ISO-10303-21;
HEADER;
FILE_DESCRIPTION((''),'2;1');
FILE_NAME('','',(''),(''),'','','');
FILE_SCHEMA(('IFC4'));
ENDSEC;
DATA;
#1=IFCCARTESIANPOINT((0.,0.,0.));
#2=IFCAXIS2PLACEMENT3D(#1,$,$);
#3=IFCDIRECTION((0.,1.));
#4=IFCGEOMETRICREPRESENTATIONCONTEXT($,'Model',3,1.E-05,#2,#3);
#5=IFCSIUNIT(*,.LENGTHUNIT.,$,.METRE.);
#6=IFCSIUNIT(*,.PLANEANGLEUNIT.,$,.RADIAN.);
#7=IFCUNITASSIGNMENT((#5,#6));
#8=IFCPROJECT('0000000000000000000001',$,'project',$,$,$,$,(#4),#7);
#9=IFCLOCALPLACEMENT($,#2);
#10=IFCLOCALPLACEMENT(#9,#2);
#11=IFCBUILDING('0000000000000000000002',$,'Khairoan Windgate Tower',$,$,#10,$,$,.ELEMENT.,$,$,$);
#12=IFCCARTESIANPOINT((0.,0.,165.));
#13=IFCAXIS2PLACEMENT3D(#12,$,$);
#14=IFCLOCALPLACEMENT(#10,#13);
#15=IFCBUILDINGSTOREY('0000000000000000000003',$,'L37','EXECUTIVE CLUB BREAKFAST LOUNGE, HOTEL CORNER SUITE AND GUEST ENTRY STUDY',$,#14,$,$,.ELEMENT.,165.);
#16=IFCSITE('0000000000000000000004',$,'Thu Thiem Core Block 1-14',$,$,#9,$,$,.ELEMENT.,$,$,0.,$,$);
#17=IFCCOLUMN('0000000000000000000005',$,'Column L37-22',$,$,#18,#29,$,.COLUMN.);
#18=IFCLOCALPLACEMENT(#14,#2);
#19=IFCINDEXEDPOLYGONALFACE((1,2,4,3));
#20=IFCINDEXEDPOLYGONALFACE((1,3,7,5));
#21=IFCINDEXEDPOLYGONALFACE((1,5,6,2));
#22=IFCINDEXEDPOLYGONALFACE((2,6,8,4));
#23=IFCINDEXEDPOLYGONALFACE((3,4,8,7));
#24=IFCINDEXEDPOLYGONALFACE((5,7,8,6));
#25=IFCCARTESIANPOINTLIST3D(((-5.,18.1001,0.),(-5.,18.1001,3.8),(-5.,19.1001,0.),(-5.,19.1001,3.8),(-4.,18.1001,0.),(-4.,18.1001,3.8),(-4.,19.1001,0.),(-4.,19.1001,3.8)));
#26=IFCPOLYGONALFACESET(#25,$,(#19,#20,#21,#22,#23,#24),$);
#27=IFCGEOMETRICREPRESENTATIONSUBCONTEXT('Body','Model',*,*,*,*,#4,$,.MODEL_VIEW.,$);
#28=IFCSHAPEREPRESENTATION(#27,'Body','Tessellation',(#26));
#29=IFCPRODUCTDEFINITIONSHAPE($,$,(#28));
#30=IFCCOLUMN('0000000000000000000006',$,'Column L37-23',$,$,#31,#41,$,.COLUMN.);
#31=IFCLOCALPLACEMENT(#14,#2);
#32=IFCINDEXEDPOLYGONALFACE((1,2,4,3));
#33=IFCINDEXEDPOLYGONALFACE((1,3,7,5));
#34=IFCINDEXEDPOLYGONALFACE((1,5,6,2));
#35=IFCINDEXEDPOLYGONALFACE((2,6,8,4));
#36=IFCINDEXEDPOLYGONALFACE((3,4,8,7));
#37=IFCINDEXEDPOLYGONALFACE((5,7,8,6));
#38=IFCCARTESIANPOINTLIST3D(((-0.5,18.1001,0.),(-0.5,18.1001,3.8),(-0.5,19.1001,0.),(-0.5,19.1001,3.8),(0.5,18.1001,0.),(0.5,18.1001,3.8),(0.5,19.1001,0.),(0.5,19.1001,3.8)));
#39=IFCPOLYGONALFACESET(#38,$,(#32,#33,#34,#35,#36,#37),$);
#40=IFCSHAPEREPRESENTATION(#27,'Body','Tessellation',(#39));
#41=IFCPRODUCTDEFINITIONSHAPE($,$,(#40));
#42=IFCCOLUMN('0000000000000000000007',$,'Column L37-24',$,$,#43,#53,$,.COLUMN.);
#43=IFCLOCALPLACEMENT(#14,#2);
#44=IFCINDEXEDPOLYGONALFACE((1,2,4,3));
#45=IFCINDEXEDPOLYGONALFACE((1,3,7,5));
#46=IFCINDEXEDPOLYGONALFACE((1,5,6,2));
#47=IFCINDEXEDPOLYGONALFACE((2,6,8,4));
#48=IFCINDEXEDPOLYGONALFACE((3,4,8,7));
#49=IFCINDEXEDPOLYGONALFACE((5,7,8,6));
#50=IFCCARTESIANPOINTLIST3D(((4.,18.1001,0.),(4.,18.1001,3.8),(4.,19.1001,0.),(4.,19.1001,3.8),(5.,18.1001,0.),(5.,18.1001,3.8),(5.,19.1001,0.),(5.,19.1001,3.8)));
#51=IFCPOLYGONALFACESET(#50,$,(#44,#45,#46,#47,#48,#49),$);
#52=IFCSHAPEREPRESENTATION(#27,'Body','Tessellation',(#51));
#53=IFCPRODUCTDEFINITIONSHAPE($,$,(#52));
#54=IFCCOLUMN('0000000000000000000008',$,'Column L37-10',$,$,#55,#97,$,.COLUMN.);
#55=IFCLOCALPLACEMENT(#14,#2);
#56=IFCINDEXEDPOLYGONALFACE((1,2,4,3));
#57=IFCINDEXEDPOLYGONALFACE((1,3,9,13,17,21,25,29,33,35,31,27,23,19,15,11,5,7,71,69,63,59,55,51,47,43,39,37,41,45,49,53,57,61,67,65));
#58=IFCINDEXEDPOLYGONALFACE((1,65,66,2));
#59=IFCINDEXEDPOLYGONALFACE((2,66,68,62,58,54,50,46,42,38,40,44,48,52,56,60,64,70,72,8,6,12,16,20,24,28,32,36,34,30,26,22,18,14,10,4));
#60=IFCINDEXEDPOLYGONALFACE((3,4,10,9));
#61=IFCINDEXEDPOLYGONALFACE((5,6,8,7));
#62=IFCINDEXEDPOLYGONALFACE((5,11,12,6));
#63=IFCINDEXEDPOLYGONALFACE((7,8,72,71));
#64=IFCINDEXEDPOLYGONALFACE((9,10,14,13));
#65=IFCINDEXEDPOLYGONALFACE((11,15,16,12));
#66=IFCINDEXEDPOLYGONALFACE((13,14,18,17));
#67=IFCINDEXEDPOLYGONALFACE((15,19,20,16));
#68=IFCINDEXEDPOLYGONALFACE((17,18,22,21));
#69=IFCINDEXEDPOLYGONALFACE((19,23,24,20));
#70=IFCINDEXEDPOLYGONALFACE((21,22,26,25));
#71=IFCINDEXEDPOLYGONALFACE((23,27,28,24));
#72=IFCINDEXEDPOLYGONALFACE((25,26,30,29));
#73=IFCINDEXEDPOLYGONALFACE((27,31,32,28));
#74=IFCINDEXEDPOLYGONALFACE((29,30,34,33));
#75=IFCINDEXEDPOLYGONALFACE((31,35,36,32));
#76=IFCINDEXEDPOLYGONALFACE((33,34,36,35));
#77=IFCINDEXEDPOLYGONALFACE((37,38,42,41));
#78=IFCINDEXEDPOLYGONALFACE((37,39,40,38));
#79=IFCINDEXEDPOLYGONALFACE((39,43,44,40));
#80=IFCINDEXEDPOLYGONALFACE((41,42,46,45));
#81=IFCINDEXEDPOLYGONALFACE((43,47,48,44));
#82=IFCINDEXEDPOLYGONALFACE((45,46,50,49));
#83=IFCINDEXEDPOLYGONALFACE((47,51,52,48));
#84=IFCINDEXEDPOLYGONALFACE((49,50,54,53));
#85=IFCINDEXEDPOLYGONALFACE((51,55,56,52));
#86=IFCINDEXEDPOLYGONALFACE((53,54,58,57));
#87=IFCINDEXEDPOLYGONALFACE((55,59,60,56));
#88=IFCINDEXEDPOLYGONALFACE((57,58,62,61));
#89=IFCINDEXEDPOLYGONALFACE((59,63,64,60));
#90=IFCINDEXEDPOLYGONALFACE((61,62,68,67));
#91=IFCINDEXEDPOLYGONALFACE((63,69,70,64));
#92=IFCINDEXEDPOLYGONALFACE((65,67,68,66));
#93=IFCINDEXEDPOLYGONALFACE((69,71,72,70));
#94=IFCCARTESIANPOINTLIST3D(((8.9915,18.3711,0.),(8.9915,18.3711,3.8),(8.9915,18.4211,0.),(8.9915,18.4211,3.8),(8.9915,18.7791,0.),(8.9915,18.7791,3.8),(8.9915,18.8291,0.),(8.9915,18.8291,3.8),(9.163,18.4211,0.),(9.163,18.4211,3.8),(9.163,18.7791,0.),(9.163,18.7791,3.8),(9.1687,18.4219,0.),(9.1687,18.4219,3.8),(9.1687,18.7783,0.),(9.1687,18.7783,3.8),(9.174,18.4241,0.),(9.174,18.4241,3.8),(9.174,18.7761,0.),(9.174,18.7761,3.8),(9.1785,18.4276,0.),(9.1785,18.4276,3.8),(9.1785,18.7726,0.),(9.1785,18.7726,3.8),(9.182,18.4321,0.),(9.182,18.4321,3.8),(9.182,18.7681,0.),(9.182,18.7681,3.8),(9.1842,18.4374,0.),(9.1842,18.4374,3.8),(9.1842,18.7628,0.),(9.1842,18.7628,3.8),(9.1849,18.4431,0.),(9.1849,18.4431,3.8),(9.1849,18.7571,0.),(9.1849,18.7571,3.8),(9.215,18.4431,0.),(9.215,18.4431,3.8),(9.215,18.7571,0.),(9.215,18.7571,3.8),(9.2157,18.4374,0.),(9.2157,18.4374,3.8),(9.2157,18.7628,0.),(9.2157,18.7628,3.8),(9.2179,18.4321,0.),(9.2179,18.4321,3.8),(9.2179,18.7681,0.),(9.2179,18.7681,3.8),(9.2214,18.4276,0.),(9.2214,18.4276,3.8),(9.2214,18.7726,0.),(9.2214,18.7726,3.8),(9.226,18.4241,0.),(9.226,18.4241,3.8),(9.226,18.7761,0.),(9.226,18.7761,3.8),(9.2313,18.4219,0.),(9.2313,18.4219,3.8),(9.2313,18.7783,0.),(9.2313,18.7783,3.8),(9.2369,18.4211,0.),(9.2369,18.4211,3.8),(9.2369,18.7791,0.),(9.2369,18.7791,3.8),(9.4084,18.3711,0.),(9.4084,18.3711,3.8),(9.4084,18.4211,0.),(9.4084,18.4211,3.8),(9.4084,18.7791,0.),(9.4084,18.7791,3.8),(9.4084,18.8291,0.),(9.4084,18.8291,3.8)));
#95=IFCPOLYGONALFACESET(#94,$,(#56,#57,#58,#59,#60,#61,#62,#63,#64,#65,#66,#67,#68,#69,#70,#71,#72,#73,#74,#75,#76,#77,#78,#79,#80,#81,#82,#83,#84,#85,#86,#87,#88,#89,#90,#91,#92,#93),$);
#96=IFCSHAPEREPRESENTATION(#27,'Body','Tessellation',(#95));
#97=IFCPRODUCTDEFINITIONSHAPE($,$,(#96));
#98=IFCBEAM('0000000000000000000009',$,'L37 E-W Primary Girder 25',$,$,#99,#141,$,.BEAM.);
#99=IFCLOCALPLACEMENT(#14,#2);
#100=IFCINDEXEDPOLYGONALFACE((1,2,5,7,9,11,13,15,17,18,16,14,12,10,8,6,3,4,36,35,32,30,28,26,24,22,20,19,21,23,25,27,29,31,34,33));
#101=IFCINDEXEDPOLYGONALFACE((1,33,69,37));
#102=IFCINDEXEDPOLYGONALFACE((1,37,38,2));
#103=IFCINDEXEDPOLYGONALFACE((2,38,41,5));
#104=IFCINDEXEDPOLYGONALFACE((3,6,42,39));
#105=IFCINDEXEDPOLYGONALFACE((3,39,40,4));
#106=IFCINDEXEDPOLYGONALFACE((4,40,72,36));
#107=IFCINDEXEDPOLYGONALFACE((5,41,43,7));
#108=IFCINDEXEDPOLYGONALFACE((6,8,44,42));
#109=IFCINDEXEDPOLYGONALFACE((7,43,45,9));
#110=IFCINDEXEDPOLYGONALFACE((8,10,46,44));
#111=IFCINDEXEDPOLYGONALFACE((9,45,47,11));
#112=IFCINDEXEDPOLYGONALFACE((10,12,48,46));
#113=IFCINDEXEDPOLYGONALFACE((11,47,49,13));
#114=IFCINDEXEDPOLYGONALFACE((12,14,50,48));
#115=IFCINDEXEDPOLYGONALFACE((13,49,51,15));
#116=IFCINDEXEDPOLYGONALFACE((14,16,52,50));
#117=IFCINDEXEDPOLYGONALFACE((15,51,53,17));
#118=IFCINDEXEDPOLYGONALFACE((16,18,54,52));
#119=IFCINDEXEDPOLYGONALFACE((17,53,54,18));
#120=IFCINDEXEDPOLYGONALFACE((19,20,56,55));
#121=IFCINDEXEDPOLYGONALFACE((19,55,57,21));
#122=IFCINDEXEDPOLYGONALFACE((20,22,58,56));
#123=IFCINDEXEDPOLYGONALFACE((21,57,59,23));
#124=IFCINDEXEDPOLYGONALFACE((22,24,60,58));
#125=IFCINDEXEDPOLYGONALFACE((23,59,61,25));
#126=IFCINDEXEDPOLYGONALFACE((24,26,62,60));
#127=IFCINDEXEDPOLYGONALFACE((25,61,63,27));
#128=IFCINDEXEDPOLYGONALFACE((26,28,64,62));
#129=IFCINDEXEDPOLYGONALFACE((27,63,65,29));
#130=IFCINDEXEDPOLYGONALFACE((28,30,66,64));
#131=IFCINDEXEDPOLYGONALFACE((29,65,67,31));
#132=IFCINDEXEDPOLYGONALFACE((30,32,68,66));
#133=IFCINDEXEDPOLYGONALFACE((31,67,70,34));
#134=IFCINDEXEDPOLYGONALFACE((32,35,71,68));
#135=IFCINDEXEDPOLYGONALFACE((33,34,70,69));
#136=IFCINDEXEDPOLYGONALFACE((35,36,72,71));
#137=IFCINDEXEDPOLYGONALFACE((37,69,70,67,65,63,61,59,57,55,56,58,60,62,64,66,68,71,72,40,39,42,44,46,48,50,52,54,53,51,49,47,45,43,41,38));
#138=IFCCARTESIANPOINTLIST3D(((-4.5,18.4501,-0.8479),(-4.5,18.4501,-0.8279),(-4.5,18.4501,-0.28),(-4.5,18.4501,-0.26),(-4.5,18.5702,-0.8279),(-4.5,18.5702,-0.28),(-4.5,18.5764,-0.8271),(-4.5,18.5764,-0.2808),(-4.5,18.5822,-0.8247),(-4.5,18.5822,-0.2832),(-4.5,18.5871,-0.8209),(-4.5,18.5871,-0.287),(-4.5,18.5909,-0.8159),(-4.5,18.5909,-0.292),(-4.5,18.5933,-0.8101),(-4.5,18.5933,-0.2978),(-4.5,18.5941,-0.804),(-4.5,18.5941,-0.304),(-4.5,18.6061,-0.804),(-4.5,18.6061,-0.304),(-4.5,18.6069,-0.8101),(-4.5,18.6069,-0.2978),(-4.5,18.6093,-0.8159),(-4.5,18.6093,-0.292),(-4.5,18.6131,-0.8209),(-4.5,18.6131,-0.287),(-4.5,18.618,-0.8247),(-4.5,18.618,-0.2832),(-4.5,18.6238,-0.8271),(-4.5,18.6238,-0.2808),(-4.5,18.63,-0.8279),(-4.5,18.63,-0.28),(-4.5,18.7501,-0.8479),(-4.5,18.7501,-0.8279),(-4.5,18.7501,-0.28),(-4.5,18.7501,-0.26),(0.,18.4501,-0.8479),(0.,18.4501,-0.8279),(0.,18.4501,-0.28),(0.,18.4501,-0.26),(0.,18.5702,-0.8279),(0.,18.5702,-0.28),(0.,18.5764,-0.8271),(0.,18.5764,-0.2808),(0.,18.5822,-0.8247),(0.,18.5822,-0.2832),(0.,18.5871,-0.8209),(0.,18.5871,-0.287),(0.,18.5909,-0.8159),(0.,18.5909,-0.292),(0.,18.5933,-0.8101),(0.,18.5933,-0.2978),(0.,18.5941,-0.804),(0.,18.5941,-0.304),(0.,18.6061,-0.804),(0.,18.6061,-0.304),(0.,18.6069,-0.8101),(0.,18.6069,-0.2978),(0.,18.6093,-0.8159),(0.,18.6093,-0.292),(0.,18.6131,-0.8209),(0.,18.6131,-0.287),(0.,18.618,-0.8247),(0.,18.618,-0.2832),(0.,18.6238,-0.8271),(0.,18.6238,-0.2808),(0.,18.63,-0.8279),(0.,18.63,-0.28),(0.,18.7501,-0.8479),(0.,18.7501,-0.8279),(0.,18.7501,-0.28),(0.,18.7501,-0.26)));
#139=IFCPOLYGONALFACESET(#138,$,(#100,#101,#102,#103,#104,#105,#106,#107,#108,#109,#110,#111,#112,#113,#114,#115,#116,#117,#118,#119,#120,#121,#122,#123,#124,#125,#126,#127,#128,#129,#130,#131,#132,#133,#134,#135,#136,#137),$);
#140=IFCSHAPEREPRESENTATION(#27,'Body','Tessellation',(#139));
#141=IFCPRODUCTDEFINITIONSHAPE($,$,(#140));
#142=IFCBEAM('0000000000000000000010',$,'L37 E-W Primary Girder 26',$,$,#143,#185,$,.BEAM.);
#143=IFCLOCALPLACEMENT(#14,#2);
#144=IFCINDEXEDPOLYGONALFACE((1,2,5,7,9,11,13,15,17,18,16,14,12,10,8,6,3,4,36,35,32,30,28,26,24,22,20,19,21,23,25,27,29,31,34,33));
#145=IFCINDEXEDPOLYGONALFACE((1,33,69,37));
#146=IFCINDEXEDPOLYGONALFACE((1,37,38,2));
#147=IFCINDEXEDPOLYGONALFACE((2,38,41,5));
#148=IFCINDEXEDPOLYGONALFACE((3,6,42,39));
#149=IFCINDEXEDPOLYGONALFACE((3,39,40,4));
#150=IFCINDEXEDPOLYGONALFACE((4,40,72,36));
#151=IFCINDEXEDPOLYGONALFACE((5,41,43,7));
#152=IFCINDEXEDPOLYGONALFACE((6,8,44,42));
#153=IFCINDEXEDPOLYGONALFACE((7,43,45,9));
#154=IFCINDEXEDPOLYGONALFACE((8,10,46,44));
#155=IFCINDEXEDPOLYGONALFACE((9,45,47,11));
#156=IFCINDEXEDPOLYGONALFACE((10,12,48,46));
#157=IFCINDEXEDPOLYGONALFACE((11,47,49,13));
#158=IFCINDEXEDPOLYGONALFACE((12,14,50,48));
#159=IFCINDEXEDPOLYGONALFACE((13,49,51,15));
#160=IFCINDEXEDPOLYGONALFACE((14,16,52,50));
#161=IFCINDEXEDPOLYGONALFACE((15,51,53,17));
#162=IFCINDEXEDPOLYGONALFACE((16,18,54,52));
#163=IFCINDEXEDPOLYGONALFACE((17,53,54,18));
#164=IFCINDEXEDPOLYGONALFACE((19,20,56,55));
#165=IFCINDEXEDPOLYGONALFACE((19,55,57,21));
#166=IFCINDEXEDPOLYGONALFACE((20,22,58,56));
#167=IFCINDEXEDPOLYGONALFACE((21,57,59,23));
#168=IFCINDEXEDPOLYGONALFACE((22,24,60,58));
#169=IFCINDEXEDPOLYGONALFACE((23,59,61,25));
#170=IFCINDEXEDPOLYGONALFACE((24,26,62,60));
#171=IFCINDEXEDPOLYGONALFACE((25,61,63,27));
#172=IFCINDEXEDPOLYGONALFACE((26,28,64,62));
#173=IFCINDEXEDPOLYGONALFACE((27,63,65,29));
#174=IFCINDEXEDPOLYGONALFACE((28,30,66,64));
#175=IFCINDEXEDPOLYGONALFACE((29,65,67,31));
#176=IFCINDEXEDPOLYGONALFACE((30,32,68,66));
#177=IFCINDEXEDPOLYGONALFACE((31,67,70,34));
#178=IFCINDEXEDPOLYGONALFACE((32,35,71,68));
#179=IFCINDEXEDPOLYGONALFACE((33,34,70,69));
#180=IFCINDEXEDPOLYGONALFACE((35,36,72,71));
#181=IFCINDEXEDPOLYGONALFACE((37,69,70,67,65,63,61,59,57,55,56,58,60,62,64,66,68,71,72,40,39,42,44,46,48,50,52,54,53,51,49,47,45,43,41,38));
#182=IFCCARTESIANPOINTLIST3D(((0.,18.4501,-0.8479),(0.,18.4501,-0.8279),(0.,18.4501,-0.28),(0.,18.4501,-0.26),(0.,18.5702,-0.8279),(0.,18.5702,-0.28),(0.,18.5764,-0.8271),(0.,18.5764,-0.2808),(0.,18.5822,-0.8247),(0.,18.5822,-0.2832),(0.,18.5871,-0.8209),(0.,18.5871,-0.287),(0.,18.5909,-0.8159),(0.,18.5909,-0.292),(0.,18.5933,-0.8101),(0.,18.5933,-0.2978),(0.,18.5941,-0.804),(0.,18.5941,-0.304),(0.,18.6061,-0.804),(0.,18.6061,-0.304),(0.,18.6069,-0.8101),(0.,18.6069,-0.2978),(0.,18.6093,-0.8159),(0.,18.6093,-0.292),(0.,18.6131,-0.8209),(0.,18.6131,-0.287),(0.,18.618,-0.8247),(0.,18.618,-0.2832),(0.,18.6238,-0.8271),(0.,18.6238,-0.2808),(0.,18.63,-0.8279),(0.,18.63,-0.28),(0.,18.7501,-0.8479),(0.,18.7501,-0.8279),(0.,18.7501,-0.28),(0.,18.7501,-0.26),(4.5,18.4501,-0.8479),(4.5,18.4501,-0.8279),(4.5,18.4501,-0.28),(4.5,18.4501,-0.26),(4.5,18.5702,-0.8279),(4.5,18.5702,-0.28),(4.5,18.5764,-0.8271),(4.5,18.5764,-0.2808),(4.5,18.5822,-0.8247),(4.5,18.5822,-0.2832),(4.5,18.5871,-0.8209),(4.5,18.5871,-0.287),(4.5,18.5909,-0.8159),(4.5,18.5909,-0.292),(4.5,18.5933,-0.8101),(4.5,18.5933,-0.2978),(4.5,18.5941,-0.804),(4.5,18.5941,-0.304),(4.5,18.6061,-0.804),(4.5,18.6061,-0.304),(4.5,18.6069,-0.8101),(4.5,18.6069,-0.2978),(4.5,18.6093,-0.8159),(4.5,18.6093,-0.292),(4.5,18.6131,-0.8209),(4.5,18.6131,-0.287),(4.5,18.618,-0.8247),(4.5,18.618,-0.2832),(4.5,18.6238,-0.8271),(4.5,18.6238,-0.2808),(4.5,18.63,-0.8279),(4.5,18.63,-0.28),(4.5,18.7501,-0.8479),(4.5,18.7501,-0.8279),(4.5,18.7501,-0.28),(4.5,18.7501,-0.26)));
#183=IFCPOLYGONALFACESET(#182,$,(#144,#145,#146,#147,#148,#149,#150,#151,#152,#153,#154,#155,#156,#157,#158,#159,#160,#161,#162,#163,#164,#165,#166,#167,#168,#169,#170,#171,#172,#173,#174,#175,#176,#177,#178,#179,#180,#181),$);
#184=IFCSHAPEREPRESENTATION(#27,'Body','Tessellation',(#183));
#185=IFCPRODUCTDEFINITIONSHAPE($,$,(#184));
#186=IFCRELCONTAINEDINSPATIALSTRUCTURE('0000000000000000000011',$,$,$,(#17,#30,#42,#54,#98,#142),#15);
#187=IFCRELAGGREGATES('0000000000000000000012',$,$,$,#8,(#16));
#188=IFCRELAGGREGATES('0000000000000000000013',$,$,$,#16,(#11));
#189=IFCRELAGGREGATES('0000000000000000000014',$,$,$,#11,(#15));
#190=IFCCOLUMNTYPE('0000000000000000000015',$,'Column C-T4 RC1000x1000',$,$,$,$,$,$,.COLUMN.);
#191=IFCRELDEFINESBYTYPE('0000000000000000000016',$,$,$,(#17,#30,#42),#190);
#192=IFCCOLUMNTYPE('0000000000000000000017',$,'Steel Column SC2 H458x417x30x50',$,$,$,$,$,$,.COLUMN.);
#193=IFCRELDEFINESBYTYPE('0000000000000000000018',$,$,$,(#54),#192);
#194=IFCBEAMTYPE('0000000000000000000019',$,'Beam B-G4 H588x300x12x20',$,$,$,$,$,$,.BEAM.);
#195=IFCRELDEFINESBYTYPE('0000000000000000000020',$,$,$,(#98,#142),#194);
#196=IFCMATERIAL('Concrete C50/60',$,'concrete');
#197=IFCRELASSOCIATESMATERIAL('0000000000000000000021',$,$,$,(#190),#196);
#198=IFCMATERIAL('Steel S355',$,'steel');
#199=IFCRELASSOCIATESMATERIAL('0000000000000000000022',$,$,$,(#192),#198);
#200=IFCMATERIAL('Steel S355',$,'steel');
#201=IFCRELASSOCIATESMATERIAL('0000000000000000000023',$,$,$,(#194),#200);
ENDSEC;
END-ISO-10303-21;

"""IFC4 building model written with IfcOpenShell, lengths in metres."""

from ifc_helpers import new_model, si_unit, direction, frame, origin, origin_2d, place, context, subcontext, project, spatial, rectangle, i_section, extrude, material, material_profile, profile_set, type_object, element, save


model = new_model("IFC4")

# Units and contexts
model_context = context("Model", 3, precision=1e-05, world=origin(), true_north=direction((0.0, 1.0)))
body_context = subcontext(model_context, "Body", "Model", "MODEL_VIEW")
ifc_project = project(units=[si_unit("LENGTHUNIT", "METRE"), si_unit("PLANEANGLEUNIT", "RADIAN")], contexts=[model_context])

# Site, building, storey
site_placement = place(None, origin())
site = spatial("IfcSite", under=ifc_project, at=site_placement, Name="Thu Thiem Core Block 1-14", CompositionType="ELEMENT", RefElevation=0.0)
building_placement = place(site_placement, origin())
building = spatial("IfcBuilding", under=site, at=building_placement, Name="Khairoan Windgate Tower", CompositionType="ELEMENT")
storey_placement = place(building_placement, frame((0.0, 0.0, 165.0)))
storey = spatial("IfcBuildingStorey", under=building, at=storey_placement, Name="L37", Description="EXECUTIVE CLUB BREAKFAST LOUNGE, HOTEL CORNER SUITE AND GUEST ENTRY STUDY", CompositionType="ELEMENT", Elevation=165.0)

# Columns
ifc_material_1 = material(Name="Concrete C50/60", Category="concrete")
ifc_material_profile_1 = material_profile(ifc_material_1, rectangle(XDim=1.0, YDim=1.0, at=origin_2d()))
ifc_profile_set_1 = profile_set([ifc_material_profile_1], Name="Concrete C50/60")
column_type_1 = type_object("IfcColumnType", Name="Column C-T4 RC1000x1000", PredefinedType="COLUMN", material=ifc_profile_set_1)
for number, where, z_axis, x_axis, name in (
    (1, (-4.5, 18.6001, 0.0), (0.0, 0.0, 1.0), (1.0, 0.0, 0.0), "Column L37-22"),
    (2, (0.0, 18.6001, 0.0), (0.0, 0.0, 1.0), (1.0, 0.0, 0.0), "Column L37-23"),
    (3, (4.5, 18.6001, 0.0), (0.0, 0.0, 1.0), (1.0, 0.0, 0.0), "Column L37-24"),
):
    element("IfcColumn", number, at=place(storey_placement, frame(where, z_axis=z_axis, x_axis=x_axis)), inside=storey, type_object=column_type_1, Name=name, PredefinedType="COLUMN", context=body_context, shape_type="SweptSolid", body=[
        extrude(rectangle(XDim=1.0, YDim=1.0, at=origin_2d()), origin(), (0.0, 0.0, 1.0), 3.8),
    ])
ifc_material_2 = material(Name="Steel S355", Category="steel")
ifc_material_profile_2 = material_profile(ifc_material_2, i_section(OverallWidth=0.417, OverallDepth=0.458, WebThickness=0.03, FlangeThickness=0.05, FilletRadius=0.022, at=origin_2d()))
ifc_profile_set_2 = profile_set([ifc_material_profile_2], Name="Steel S355")
column_type_2 = type_object("IfcColumnType", Name="Steel Column SC2 H458x417x30x50", PredefinedType="COLUMN", material=ifc_profile_set_2)
column_placement = place(storey_placement, frame((9.2, 18.6001, 0.0), z_axis=(0.0, 0.0, 1.0), x_axis=(1.0, 0.0, 0.0)))
element("IfcColumn", 4, at=column_placement, inside=storey, type_object=column_type_2, Name="Column L37-10", PredefinedType="COLUMN", context=body_context, shape_type="SweptSolid", body=[
    extrude(i_section(OverallWidth=0.417, OverallDepth=0.458, WebThickness=0.03, FlangeThickness=0.05, FilletRadius=0.022, at=origin_2d()), origin(), (0.0, 0.0, 1.0), 3.8),
])

# Beams
ifc_material_3 = material(Name="Steel S355", Category="steel")
ifc_material_profile_3 = material_profile(ifc_material_3, i_section(OverallWidth=0.3, OverallDepth=0.5879, WebThickness=0.012, FlangeThickness=0.02, FilletRadius=0.0239, at=origin_2d()))
ifc_profile_set_3 = profile_set([ifc_material_profile_3], Name="Steel S355")
beam_type = type_object("IfcBeamType", Name="Beam B-G4 H588x300x12x20", PredefinedType="BEAM", material=ifc_profile_set_3)
for number, where, z_axis, x_axis, name in (
    (5, (-4.5, 18.6001, -0.554), (1.0, 0.0, 0.0), (0.0, 1.0, 0.0), "L37 E-W Primary Girder 25"),
    (6, (0.0, 18.6001, -0.554), (1.0, 0.0, 0.0), (0.0, 1.0, 0.0), "L37 E-W Primary Girder 26"),
):
    element("IfcBeam", number, at=place(storey_placement, frame(where, z_axis=z_axis, x_axis=x_axis)), inside=storey, type_object=beam_type, Name=name, PredefinedType="BEAM", context=body_context, shape_type="SweptSolid", body=[
        extrude(i_section(OverallWidth=0.3, OverallDepth=0.5879, WebThickness=0.012, FlangeThickness=0.02, FilletRadius=0.0239, at=origin_2d()), origin(), (0.0, 0.0, 1.0), 4.5),
    ])

save(model, "model.ifc")
